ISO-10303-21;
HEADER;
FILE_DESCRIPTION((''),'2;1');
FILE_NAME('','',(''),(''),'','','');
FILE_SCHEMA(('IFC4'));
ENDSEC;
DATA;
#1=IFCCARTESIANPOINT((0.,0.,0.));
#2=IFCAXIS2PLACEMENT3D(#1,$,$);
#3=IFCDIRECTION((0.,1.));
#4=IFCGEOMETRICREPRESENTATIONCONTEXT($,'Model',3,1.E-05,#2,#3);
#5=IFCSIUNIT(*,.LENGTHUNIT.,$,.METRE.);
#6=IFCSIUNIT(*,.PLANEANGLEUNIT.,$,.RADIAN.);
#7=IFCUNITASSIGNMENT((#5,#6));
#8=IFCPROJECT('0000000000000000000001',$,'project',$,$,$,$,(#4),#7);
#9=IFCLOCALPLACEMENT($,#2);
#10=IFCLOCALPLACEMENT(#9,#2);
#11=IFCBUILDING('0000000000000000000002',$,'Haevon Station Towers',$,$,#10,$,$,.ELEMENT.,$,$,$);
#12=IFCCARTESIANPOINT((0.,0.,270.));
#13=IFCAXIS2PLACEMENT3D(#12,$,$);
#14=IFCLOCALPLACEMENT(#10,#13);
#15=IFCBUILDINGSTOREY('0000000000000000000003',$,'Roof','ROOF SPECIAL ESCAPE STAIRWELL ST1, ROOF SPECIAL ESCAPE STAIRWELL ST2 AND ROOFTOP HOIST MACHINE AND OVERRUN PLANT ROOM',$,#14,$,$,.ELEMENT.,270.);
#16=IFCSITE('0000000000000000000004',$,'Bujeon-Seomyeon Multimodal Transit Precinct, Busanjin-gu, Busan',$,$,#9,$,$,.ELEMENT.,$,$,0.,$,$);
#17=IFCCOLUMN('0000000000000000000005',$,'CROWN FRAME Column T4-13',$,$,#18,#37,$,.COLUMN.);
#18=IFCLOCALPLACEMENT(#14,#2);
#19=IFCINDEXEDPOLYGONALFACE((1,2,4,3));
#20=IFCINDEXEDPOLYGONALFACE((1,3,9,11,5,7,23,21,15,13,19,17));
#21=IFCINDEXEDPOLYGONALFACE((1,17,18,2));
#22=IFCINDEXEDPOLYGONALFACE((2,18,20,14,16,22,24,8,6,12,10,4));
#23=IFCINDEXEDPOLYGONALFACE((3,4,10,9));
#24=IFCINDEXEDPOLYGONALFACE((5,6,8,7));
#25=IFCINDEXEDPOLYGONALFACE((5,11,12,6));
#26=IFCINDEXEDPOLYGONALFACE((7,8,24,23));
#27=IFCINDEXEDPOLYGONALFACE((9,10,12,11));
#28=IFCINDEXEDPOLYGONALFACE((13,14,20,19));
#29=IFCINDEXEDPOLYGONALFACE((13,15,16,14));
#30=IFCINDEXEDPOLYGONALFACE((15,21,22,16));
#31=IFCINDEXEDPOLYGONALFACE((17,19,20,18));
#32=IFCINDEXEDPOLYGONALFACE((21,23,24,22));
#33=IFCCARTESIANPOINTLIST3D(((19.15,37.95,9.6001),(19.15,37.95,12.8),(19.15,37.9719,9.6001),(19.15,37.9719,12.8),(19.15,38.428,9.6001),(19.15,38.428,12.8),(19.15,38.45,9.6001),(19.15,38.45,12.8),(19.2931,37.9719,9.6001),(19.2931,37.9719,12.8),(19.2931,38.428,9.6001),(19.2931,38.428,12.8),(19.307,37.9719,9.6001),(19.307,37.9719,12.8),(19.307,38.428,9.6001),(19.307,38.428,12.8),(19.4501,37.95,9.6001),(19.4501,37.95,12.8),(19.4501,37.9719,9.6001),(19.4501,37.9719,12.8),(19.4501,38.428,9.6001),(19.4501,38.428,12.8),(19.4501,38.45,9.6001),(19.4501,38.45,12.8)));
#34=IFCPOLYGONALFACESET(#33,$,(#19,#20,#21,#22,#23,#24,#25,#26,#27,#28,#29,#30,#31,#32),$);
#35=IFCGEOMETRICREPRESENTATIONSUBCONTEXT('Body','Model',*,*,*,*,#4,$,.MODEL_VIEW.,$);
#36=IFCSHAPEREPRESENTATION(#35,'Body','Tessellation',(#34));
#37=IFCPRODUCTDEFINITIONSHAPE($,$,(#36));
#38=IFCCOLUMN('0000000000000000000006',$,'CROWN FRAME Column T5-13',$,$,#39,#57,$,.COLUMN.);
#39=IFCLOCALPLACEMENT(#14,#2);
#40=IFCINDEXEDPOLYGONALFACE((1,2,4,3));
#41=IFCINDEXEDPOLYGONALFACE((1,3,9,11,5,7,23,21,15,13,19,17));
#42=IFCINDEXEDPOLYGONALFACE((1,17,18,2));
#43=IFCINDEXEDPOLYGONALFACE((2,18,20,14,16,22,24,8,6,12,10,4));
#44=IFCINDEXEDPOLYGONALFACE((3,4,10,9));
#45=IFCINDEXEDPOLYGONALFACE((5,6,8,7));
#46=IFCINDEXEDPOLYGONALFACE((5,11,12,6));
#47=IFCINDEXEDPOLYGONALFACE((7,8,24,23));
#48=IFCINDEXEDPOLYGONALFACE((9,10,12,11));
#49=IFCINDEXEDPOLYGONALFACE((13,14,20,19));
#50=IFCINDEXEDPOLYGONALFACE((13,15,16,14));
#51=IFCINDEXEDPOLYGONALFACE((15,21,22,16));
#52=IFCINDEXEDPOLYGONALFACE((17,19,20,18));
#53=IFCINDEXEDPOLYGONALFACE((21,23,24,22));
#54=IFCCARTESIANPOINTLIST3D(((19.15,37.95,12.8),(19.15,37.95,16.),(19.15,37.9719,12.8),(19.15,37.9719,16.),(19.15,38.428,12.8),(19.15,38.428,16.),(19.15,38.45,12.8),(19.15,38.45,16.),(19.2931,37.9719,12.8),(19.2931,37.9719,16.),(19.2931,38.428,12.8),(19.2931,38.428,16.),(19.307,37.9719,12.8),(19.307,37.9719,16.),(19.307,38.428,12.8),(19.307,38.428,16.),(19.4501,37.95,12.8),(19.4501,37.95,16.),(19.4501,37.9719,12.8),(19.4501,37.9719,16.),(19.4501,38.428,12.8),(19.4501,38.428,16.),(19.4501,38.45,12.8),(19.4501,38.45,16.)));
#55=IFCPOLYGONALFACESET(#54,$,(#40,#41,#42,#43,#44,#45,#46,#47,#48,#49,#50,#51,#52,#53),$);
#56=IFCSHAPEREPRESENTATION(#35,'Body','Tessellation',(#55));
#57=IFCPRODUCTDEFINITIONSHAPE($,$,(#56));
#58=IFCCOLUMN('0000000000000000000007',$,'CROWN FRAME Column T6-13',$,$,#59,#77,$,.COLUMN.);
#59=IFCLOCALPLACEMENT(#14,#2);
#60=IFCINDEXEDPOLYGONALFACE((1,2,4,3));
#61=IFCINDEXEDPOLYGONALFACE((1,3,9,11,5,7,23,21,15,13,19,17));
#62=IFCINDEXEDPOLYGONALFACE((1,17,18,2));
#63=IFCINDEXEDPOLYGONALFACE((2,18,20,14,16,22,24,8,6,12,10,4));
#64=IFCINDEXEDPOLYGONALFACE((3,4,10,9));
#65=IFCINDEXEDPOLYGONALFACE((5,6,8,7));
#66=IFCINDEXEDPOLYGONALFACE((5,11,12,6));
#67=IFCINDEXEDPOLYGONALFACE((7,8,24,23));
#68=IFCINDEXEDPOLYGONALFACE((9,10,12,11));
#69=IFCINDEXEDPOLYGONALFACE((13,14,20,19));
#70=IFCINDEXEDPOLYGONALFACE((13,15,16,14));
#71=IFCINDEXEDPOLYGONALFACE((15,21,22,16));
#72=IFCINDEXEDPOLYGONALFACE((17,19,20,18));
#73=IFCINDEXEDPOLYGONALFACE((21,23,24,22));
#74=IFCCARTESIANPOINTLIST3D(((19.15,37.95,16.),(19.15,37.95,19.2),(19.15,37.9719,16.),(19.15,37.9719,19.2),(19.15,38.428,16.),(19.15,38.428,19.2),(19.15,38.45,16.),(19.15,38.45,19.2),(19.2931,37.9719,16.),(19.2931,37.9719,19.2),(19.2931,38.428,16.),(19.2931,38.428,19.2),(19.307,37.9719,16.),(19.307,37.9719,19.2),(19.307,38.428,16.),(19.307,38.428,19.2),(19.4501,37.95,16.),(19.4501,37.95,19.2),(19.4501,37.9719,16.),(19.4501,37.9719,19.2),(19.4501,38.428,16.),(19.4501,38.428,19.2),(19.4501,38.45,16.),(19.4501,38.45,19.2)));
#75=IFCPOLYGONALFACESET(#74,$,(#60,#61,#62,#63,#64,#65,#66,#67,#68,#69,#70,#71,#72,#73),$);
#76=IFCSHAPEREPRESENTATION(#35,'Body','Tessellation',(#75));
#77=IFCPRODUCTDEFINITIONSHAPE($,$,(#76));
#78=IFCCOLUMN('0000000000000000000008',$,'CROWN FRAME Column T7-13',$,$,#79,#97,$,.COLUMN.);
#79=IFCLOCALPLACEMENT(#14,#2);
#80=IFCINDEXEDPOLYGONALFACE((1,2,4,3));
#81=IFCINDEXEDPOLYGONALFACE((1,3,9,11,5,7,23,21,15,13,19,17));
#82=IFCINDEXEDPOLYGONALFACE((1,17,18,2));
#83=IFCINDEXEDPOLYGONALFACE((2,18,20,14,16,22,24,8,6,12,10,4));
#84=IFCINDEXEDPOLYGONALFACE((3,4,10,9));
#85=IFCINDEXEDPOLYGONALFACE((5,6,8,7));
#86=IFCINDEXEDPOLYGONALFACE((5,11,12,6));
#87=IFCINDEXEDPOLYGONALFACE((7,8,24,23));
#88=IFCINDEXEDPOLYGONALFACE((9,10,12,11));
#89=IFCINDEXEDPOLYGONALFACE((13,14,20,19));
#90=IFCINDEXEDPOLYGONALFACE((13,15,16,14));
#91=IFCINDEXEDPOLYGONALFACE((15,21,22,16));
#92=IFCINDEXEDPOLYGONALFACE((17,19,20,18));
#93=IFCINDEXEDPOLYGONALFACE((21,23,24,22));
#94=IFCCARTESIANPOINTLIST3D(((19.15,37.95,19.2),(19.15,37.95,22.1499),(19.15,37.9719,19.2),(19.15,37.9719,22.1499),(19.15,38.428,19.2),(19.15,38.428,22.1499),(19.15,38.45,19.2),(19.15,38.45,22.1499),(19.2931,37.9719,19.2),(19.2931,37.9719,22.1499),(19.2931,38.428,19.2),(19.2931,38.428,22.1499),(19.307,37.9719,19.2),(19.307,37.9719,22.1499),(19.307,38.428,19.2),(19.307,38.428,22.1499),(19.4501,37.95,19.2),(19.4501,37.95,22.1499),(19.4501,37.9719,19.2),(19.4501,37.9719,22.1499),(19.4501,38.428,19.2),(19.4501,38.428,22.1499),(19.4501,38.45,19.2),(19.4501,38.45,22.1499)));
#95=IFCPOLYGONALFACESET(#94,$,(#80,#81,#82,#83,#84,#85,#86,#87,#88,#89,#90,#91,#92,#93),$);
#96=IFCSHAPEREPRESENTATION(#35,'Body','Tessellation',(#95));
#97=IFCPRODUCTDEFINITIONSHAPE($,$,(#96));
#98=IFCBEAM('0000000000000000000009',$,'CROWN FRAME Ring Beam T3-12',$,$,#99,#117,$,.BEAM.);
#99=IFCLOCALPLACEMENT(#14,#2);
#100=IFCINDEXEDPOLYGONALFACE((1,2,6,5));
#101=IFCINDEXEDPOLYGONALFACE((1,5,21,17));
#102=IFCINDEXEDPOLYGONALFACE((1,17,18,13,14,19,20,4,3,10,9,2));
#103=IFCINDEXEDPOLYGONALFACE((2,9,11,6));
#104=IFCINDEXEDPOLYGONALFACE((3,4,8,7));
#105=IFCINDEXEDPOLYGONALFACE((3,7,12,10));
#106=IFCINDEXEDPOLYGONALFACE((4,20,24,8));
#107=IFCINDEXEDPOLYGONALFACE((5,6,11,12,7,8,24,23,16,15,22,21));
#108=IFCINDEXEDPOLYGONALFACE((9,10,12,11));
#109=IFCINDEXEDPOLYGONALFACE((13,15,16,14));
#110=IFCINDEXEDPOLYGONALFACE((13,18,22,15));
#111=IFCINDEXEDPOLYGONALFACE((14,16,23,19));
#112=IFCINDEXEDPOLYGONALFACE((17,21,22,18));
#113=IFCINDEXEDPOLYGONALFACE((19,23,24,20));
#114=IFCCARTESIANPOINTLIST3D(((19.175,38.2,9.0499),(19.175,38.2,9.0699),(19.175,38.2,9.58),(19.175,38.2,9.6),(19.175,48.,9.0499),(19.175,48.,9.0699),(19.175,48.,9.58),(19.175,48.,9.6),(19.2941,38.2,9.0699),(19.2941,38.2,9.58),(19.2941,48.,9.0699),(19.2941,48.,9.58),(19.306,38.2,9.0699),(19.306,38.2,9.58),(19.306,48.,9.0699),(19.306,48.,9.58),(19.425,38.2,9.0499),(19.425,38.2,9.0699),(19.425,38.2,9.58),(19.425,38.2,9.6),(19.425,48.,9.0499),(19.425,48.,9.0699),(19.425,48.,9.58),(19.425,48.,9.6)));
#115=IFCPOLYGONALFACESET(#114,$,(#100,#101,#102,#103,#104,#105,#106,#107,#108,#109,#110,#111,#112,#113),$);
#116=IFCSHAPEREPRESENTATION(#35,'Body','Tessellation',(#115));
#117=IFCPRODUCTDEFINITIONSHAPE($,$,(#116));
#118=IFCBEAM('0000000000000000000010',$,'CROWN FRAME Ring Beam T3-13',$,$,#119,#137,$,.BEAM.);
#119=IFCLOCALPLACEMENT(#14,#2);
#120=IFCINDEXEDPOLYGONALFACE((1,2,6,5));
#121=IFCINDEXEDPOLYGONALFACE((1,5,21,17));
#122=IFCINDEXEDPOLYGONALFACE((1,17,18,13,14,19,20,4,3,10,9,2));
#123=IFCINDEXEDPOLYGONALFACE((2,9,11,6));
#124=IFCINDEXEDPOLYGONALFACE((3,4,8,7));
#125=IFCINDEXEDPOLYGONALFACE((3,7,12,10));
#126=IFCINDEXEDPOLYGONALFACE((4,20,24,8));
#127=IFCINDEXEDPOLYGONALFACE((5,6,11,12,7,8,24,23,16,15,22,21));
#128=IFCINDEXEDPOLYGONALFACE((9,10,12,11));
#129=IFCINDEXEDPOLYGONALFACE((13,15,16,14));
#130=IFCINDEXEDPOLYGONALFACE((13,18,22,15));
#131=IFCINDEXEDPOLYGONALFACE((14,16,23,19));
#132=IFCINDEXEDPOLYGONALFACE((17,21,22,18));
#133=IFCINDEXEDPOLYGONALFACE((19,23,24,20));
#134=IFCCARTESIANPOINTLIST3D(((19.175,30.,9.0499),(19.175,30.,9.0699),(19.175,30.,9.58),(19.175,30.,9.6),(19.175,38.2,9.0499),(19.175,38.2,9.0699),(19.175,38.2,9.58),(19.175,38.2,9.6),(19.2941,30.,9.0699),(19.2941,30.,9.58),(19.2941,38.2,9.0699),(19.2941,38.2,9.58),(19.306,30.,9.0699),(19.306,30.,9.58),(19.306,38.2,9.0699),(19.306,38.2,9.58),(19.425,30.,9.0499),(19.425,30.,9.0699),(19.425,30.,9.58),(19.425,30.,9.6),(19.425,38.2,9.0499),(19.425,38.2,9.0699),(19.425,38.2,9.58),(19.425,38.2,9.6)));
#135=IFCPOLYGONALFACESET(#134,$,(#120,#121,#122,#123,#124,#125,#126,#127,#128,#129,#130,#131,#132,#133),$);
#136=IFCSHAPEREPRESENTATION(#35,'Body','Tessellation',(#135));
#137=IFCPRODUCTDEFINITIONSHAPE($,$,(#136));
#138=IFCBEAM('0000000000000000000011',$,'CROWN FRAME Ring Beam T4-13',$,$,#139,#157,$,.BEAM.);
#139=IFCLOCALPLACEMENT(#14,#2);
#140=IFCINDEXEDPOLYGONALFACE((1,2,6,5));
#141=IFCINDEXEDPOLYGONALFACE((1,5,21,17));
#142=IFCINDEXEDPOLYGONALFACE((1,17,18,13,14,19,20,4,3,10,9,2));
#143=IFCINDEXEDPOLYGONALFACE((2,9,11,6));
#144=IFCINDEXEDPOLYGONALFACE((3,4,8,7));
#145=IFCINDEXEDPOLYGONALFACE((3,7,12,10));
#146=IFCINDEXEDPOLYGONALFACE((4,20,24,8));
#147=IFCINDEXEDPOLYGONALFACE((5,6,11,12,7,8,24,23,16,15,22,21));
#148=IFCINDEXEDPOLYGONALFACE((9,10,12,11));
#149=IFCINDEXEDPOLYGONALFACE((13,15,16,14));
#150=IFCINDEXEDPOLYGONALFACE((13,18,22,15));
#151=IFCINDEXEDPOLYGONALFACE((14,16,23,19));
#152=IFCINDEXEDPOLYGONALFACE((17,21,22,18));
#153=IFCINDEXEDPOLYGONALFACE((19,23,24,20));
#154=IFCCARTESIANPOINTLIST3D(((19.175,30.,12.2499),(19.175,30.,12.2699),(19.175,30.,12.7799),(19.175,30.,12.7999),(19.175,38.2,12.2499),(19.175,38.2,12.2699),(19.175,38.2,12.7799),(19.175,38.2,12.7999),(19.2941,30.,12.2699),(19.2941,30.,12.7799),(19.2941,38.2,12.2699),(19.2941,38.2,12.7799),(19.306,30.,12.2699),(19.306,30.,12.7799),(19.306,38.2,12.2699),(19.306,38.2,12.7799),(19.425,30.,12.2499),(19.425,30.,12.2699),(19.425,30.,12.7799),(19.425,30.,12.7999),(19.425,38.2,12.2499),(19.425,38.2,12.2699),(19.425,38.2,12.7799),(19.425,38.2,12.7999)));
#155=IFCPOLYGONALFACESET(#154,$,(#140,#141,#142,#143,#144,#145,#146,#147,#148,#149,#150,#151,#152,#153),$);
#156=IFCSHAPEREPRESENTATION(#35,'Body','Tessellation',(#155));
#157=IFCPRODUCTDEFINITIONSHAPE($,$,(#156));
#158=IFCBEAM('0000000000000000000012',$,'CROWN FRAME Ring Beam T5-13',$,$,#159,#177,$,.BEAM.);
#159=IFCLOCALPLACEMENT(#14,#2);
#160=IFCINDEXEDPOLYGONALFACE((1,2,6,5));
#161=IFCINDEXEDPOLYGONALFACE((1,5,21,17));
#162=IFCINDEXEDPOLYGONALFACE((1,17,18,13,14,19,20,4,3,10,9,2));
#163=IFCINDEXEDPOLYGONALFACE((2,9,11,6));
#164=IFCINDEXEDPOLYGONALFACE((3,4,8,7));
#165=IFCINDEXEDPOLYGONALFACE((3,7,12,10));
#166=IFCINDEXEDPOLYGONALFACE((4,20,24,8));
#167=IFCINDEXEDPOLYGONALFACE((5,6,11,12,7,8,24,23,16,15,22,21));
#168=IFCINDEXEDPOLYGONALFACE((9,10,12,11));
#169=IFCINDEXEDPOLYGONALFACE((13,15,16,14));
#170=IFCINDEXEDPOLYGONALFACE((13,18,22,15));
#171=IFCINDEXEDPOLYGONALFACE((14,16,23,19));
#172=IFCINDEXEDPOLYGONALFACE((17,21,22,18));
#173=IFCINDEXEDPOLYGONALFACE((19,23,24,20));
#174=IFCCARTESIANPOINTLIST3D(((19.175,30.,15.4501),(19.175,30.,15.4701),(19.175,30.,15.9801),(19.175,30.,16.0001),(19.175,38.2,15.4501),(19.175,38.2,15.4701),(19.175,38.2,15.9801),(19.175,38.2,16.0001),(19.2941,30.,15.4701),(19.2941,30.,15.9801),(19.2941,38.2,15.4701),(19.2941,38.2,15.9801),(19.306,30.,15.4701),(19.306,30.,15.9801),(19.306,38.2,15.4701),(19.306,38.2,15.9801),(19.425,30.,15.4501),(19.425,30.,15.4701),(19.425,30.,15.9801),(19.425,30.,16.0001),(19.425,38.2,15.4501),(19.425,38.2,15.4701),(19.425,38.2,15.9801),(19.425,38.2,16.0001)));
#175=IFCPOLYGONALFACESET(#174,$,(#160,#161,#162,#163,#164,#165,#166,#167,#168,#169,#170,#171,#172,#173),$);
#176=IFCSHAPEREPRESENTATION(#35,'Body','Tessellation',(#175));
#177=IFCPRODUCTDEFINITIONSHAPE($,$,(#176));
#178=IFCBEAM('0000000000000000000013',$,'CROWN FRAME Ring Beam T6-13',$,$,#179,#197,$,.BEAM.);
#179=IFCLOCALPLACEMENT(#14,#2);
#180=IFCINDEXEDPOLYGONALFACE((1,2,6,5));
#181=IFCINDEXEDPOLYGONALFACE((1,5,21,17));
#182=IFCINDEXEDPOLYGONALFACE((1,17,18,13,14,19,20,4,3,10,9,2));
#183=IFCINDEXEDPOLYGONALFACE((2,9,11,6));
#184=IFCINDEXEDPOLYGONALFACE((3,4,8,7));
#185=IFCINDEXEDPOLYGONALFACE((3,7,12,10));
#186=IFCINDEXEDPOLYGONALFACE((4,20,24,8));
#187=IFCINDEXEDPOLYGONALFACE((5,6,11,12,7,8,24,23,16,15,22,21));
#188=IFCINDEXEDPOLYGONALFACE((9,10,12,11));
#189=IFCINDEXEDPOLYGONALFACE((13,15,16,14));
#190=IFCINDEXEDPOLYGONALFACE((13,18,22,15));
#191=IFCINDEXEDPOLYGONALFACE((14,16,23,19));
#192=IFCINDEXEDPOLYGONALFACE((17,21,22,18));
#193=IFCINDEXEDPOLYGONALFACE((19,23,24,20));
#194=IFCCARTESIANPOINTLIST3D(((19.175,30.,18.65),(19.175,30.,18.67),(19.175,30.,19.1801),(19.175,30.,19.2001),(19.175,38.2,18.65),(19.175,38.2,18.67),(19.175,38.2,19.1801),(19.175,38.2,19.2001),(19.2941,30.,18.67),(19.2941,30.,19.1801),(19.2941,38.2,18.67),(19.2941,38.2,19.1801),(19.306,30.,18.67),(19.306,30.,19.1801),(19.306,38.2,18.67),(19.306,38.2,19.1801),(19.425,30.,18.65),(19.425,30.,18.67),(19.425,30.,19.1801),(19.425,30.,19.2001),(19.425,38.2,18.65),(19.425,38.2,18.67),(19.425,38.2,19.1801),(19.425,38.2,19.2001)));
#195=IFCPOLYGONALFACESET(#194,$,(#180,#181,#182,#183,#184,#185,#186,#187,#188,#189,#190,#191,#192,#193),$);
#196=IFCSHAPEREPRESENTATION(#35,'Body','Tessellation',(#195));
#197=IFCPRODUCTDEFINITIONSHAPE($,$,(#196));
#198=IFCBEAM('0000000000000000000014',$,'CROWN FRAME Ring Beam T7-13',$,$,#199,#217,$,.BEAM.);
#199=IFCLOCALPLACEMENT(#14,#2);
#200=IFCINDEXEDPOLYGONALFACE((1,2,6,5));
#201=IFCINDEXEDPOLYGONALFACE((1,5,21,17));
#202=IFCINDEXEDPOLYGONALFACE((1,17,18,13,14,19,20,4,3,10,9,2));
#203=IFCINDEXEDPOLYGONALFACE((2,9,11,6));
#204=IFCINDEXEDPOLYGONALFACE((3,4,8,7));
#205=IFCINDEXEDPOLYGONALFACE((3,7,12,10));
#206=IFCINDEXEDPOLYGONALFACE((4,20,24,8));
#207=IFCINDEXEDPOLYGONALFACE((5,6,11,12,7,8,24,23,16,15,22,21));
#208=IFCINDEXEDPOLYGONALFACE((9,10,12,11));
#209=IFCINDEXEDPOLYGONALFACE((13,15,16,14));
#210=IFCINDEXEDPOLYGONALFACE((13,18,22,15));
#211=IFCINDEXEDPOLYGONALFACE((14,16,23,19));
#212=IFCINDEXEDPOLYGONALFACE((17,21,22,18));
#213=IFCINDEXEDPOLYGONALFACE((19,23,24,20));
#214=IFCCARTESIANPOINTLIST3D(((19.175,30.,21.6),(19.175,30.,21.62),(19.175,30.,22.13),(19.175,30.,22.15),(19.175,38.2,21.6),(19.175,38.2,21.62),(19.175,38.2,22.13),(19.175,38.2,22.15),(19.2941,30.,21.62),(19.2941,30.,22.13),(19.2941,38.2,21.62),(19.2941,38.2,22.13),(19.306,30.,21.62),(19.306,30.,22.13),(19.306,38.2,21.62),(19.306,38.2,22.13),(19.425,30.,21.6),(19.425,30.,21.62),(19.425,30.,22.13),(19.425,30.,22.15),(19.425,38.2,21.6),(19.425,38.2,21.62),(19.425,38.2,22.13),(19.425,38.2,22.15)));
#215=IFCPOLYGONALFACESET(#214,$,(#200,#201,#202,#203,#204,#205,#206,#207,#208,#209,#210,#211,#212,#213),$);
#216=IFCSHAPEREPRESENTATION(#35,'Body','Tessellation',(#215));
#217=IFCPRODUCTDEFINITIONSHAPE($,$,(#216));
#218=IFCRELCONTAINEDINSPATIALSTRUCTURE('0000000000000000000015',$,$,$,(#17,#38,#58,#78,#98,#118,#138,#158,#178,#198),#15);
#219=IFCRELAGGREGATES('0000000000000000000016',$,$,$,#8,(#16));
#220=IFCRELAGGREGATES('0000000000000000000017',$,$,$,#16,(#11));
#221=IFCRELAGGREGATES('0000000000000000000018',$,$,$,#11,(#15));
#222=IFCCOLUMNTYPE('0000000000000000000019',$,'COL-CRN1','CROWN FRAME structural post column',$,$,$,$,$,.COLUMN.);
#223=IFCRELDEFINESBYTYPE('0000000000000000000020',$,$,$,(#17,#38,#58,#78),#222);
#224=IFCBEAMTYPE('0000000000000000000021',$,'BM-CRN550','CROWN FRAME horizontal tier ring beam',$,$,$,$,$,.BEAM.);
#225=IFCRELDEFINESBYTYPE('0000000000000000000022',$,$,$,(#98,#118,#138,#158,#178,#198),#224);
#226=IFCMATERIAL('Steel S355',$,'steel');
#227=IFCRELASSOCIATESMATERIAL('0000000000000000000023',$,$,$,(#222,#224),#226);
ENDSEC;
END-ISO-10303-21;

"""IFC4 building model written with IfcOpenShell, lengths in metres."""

from ifc_helpers import new_model, si_unit, direction, frame, origin, origin_2d, place, context, subcontext, project, spatial, i_section, extrude, material, material_profile, profile_set, type_object, element, save


model = new_model("IFC4")

# Units and contexts
model_context = context("Model", 3, precision=1e-05, world=origin(), true_north=direction((0.0, 1.0)))
body_context = subcontext(model_context, "Body", "Model", "MODEL_VIEW")
ifc_project = project(units=[si_unit("LENGTHUNIT", "METRE"), si_unit("PLANEANGLEUNIT", "RADIAN")], contexts=[model_context])

# Site, building, storey
site_placement = place(None, origin())
site = spatial("IfcSite", under=ifc_project, at=site_placement, Name="Bujeon-Seomyeon Multimodal Transit Precinct, Busanjin-gu, Busan", CompositionType="ELEMENT", RefElevation=0.0)
building_placement = place(site_placement, origin())
building = spatial("IfcBuilding", under=site, at=building_placement, Name="Haevon Station Towers", CompositionType="ELEMENT")
storey_placement = place(building_placement, frame((0.0, 0.0, 270.0)))
storey = spatial("IfcBuildingStorey", under=building, at=storey_placement, Name="Roof", Description="ROOF SPECIAL ESCAPE STAIRWELL ST1, ROOF SPECIAL ESCAPE STAIRWELL ST2 AND ROOFTOP HOIST MACHINE AND OVERRUN PLANT ROOM", CompositionType="ELEMENT", Elevation=270.0)

# Columns
ifc_material_1 = material(Name="Steel S355", Category="steel")
ifc_material_profile_1 = material_profile(ifc_material_1, i_section(OverallWidth=0.3, OverallDepth=0.5, WebThickness=0.0139, FlangeThickness=0.022, at=origin_2d()), Name="H-500x300x14x22")
ifc_profile_set_1 = profile_set([ifc_material_profile_1], Name="Steel S355")
column_type = type_object("IfcColumnType", Name="COL-CRN1", Description="CROWN FRAME structural post column", PredefinedType="COLUMN", material=ifc_profile_set_1)
for number, where, z_axis, x_axis, name in (
    (1, (19.3, 38.2, 9.6001), (0.0, 0.0, 1.0), (1.0, 0.0, 0.0), "CROWN FRAME Column T4-13"),
    (2, (19.3, 38.2, 12.8), (0.0, 0.0, 1.0), (1.0, 0.0, 0.0), "CROWN FRAME Column T5-13"),
    (3, (19.3, 38.2, 16.0), (0.0, 0.0, 1.0), (1.0, 0.0, 0.0), "CROWN FRAME Column T6-13"),
):
    element("IfcColumn", number, at=place(storey_placement, frame(where, z_axis=z_axis, x_axis=x_axis)), inside=storey, type_object=column_type, Name=name, PredefinedType="COLUMN", context=body_context, shape_type="SweptSolid", body=[
        extrude(i_section(OverallWidth=0.3, OverallDepth=0.5, WebThickness=0.0139, FlangeThickness=0.022, at=origin_2d()), origin(), (0.0, 0.0, 1.0), 3.2),
    ])
column_placement = place(storey_placement, frame((19.3, 38.2, 19.2), z_axis=(0.0, 0.0, 1.0), x_axis=(1.0, 0.0, 0.0)))
element("IfcColumn", 4, at=column_placement, inside=storey, type_object=column_type, Name="CROWN FRAME Column T7-13", PredefinedType="COLUMN", context=body_context, shape_type="SweptSolid", body=[
    extrude(i_section(OverallWidth=0.3, OverallDepth=0.5, WebThickness=0.0139, FlangeThickness=0.022, at=origin_2d()), origin(), (0.0, 0.0, 1.0), 2.95),
])

# Beams
ifc_material_profile_2 = material_profile(ifc_material_1, i_section(OverallWidth=0.25, OverallDepth=0.55, WebThickness=0.012, FlangeThickness=0.02, at=origin_2d()), Name="H-550x250x12x20")
ifc_profile_set_2 = profile_set([ifc_material_profile_2], Name="Steel S355")
beam_type = type_object("IfcBeamType", Name="BM-CRN550", Description="CROWN FRAME horizontal tier ring beam", PredefinedType="BEAM", material=ifc_profile_set_2)
beam_placement = place(storey_placement, frame((19.3, 48.0, 9.325), z_axis=(0.0, -1.0, 0.0), x_axis=(1.0, 0.0, 0.0)))
element("IfcBeam", 5, at=beam_placement, inside=storey, type_object=beam_type, Name="CROWN FRAME Ring Beam T3-12", PredefinedType="BEAM", context=body_context, shape_type="SweptSolid", body=[
    extrude(i_section(OverallWidth=0.25, OverallDepth=0.55, WebThickness=0.012, FlangeThickness=0.02, at=origin_2d()), origin(), (0.0, 0.0, 1.0), 9.8),
])
for number, where, z_axis, x_axis, name in (
    (6, (19.3, 38.2, 9.325), (0.0, -1.0, 0.0), (1.0, 0.0, 0.0), "CROWN FRAME Ring Beam T3-13"),
    (7, (19.3, 38.2, 12.5249), (0.0, -1.0, 0.0), (1.0, 0.0, 0.0), "CROWN FRAME Ring Beam T4-13"),
    (8, (19.3, 38.2, 15.7251), (0.0, -1.0, 0.0), (1.0, 0.0, 0.0), "CROWN FRAME Ring Beam T5-13"),
    (9, (19.3, 38.2, 18.925), (0.0, -1.0, 0.0), (1.0, 0.0, 0.0), "CROWN FRAME Ring Beam T6-13"),
    (10, (19.3, 38.2, 21.875), (0.0, -1.0, 0.0), (1.0, 0.0, 0.0), "CROWN FRAME Ring Beam T7-13"),
):
    element("IfcBeam", number, at=place(storey_placement, frame(where, z_axis=z_axis, x_axis=x_axis)), inside=storey, type_object=beam_type, Name=name, PredefinedType="BEAM", context=body_context, shape_type="SweptSolid", body=[
        extrude(i_section(OverallWidth=0.25, OverallDepth=0.55, WebThickness=0.012, FlangeThickness=0.02, at=origin_2d()), origin(), (0.0, 0.0, 1.0), 8.2),
    ])

save(model, "model.ifc")
